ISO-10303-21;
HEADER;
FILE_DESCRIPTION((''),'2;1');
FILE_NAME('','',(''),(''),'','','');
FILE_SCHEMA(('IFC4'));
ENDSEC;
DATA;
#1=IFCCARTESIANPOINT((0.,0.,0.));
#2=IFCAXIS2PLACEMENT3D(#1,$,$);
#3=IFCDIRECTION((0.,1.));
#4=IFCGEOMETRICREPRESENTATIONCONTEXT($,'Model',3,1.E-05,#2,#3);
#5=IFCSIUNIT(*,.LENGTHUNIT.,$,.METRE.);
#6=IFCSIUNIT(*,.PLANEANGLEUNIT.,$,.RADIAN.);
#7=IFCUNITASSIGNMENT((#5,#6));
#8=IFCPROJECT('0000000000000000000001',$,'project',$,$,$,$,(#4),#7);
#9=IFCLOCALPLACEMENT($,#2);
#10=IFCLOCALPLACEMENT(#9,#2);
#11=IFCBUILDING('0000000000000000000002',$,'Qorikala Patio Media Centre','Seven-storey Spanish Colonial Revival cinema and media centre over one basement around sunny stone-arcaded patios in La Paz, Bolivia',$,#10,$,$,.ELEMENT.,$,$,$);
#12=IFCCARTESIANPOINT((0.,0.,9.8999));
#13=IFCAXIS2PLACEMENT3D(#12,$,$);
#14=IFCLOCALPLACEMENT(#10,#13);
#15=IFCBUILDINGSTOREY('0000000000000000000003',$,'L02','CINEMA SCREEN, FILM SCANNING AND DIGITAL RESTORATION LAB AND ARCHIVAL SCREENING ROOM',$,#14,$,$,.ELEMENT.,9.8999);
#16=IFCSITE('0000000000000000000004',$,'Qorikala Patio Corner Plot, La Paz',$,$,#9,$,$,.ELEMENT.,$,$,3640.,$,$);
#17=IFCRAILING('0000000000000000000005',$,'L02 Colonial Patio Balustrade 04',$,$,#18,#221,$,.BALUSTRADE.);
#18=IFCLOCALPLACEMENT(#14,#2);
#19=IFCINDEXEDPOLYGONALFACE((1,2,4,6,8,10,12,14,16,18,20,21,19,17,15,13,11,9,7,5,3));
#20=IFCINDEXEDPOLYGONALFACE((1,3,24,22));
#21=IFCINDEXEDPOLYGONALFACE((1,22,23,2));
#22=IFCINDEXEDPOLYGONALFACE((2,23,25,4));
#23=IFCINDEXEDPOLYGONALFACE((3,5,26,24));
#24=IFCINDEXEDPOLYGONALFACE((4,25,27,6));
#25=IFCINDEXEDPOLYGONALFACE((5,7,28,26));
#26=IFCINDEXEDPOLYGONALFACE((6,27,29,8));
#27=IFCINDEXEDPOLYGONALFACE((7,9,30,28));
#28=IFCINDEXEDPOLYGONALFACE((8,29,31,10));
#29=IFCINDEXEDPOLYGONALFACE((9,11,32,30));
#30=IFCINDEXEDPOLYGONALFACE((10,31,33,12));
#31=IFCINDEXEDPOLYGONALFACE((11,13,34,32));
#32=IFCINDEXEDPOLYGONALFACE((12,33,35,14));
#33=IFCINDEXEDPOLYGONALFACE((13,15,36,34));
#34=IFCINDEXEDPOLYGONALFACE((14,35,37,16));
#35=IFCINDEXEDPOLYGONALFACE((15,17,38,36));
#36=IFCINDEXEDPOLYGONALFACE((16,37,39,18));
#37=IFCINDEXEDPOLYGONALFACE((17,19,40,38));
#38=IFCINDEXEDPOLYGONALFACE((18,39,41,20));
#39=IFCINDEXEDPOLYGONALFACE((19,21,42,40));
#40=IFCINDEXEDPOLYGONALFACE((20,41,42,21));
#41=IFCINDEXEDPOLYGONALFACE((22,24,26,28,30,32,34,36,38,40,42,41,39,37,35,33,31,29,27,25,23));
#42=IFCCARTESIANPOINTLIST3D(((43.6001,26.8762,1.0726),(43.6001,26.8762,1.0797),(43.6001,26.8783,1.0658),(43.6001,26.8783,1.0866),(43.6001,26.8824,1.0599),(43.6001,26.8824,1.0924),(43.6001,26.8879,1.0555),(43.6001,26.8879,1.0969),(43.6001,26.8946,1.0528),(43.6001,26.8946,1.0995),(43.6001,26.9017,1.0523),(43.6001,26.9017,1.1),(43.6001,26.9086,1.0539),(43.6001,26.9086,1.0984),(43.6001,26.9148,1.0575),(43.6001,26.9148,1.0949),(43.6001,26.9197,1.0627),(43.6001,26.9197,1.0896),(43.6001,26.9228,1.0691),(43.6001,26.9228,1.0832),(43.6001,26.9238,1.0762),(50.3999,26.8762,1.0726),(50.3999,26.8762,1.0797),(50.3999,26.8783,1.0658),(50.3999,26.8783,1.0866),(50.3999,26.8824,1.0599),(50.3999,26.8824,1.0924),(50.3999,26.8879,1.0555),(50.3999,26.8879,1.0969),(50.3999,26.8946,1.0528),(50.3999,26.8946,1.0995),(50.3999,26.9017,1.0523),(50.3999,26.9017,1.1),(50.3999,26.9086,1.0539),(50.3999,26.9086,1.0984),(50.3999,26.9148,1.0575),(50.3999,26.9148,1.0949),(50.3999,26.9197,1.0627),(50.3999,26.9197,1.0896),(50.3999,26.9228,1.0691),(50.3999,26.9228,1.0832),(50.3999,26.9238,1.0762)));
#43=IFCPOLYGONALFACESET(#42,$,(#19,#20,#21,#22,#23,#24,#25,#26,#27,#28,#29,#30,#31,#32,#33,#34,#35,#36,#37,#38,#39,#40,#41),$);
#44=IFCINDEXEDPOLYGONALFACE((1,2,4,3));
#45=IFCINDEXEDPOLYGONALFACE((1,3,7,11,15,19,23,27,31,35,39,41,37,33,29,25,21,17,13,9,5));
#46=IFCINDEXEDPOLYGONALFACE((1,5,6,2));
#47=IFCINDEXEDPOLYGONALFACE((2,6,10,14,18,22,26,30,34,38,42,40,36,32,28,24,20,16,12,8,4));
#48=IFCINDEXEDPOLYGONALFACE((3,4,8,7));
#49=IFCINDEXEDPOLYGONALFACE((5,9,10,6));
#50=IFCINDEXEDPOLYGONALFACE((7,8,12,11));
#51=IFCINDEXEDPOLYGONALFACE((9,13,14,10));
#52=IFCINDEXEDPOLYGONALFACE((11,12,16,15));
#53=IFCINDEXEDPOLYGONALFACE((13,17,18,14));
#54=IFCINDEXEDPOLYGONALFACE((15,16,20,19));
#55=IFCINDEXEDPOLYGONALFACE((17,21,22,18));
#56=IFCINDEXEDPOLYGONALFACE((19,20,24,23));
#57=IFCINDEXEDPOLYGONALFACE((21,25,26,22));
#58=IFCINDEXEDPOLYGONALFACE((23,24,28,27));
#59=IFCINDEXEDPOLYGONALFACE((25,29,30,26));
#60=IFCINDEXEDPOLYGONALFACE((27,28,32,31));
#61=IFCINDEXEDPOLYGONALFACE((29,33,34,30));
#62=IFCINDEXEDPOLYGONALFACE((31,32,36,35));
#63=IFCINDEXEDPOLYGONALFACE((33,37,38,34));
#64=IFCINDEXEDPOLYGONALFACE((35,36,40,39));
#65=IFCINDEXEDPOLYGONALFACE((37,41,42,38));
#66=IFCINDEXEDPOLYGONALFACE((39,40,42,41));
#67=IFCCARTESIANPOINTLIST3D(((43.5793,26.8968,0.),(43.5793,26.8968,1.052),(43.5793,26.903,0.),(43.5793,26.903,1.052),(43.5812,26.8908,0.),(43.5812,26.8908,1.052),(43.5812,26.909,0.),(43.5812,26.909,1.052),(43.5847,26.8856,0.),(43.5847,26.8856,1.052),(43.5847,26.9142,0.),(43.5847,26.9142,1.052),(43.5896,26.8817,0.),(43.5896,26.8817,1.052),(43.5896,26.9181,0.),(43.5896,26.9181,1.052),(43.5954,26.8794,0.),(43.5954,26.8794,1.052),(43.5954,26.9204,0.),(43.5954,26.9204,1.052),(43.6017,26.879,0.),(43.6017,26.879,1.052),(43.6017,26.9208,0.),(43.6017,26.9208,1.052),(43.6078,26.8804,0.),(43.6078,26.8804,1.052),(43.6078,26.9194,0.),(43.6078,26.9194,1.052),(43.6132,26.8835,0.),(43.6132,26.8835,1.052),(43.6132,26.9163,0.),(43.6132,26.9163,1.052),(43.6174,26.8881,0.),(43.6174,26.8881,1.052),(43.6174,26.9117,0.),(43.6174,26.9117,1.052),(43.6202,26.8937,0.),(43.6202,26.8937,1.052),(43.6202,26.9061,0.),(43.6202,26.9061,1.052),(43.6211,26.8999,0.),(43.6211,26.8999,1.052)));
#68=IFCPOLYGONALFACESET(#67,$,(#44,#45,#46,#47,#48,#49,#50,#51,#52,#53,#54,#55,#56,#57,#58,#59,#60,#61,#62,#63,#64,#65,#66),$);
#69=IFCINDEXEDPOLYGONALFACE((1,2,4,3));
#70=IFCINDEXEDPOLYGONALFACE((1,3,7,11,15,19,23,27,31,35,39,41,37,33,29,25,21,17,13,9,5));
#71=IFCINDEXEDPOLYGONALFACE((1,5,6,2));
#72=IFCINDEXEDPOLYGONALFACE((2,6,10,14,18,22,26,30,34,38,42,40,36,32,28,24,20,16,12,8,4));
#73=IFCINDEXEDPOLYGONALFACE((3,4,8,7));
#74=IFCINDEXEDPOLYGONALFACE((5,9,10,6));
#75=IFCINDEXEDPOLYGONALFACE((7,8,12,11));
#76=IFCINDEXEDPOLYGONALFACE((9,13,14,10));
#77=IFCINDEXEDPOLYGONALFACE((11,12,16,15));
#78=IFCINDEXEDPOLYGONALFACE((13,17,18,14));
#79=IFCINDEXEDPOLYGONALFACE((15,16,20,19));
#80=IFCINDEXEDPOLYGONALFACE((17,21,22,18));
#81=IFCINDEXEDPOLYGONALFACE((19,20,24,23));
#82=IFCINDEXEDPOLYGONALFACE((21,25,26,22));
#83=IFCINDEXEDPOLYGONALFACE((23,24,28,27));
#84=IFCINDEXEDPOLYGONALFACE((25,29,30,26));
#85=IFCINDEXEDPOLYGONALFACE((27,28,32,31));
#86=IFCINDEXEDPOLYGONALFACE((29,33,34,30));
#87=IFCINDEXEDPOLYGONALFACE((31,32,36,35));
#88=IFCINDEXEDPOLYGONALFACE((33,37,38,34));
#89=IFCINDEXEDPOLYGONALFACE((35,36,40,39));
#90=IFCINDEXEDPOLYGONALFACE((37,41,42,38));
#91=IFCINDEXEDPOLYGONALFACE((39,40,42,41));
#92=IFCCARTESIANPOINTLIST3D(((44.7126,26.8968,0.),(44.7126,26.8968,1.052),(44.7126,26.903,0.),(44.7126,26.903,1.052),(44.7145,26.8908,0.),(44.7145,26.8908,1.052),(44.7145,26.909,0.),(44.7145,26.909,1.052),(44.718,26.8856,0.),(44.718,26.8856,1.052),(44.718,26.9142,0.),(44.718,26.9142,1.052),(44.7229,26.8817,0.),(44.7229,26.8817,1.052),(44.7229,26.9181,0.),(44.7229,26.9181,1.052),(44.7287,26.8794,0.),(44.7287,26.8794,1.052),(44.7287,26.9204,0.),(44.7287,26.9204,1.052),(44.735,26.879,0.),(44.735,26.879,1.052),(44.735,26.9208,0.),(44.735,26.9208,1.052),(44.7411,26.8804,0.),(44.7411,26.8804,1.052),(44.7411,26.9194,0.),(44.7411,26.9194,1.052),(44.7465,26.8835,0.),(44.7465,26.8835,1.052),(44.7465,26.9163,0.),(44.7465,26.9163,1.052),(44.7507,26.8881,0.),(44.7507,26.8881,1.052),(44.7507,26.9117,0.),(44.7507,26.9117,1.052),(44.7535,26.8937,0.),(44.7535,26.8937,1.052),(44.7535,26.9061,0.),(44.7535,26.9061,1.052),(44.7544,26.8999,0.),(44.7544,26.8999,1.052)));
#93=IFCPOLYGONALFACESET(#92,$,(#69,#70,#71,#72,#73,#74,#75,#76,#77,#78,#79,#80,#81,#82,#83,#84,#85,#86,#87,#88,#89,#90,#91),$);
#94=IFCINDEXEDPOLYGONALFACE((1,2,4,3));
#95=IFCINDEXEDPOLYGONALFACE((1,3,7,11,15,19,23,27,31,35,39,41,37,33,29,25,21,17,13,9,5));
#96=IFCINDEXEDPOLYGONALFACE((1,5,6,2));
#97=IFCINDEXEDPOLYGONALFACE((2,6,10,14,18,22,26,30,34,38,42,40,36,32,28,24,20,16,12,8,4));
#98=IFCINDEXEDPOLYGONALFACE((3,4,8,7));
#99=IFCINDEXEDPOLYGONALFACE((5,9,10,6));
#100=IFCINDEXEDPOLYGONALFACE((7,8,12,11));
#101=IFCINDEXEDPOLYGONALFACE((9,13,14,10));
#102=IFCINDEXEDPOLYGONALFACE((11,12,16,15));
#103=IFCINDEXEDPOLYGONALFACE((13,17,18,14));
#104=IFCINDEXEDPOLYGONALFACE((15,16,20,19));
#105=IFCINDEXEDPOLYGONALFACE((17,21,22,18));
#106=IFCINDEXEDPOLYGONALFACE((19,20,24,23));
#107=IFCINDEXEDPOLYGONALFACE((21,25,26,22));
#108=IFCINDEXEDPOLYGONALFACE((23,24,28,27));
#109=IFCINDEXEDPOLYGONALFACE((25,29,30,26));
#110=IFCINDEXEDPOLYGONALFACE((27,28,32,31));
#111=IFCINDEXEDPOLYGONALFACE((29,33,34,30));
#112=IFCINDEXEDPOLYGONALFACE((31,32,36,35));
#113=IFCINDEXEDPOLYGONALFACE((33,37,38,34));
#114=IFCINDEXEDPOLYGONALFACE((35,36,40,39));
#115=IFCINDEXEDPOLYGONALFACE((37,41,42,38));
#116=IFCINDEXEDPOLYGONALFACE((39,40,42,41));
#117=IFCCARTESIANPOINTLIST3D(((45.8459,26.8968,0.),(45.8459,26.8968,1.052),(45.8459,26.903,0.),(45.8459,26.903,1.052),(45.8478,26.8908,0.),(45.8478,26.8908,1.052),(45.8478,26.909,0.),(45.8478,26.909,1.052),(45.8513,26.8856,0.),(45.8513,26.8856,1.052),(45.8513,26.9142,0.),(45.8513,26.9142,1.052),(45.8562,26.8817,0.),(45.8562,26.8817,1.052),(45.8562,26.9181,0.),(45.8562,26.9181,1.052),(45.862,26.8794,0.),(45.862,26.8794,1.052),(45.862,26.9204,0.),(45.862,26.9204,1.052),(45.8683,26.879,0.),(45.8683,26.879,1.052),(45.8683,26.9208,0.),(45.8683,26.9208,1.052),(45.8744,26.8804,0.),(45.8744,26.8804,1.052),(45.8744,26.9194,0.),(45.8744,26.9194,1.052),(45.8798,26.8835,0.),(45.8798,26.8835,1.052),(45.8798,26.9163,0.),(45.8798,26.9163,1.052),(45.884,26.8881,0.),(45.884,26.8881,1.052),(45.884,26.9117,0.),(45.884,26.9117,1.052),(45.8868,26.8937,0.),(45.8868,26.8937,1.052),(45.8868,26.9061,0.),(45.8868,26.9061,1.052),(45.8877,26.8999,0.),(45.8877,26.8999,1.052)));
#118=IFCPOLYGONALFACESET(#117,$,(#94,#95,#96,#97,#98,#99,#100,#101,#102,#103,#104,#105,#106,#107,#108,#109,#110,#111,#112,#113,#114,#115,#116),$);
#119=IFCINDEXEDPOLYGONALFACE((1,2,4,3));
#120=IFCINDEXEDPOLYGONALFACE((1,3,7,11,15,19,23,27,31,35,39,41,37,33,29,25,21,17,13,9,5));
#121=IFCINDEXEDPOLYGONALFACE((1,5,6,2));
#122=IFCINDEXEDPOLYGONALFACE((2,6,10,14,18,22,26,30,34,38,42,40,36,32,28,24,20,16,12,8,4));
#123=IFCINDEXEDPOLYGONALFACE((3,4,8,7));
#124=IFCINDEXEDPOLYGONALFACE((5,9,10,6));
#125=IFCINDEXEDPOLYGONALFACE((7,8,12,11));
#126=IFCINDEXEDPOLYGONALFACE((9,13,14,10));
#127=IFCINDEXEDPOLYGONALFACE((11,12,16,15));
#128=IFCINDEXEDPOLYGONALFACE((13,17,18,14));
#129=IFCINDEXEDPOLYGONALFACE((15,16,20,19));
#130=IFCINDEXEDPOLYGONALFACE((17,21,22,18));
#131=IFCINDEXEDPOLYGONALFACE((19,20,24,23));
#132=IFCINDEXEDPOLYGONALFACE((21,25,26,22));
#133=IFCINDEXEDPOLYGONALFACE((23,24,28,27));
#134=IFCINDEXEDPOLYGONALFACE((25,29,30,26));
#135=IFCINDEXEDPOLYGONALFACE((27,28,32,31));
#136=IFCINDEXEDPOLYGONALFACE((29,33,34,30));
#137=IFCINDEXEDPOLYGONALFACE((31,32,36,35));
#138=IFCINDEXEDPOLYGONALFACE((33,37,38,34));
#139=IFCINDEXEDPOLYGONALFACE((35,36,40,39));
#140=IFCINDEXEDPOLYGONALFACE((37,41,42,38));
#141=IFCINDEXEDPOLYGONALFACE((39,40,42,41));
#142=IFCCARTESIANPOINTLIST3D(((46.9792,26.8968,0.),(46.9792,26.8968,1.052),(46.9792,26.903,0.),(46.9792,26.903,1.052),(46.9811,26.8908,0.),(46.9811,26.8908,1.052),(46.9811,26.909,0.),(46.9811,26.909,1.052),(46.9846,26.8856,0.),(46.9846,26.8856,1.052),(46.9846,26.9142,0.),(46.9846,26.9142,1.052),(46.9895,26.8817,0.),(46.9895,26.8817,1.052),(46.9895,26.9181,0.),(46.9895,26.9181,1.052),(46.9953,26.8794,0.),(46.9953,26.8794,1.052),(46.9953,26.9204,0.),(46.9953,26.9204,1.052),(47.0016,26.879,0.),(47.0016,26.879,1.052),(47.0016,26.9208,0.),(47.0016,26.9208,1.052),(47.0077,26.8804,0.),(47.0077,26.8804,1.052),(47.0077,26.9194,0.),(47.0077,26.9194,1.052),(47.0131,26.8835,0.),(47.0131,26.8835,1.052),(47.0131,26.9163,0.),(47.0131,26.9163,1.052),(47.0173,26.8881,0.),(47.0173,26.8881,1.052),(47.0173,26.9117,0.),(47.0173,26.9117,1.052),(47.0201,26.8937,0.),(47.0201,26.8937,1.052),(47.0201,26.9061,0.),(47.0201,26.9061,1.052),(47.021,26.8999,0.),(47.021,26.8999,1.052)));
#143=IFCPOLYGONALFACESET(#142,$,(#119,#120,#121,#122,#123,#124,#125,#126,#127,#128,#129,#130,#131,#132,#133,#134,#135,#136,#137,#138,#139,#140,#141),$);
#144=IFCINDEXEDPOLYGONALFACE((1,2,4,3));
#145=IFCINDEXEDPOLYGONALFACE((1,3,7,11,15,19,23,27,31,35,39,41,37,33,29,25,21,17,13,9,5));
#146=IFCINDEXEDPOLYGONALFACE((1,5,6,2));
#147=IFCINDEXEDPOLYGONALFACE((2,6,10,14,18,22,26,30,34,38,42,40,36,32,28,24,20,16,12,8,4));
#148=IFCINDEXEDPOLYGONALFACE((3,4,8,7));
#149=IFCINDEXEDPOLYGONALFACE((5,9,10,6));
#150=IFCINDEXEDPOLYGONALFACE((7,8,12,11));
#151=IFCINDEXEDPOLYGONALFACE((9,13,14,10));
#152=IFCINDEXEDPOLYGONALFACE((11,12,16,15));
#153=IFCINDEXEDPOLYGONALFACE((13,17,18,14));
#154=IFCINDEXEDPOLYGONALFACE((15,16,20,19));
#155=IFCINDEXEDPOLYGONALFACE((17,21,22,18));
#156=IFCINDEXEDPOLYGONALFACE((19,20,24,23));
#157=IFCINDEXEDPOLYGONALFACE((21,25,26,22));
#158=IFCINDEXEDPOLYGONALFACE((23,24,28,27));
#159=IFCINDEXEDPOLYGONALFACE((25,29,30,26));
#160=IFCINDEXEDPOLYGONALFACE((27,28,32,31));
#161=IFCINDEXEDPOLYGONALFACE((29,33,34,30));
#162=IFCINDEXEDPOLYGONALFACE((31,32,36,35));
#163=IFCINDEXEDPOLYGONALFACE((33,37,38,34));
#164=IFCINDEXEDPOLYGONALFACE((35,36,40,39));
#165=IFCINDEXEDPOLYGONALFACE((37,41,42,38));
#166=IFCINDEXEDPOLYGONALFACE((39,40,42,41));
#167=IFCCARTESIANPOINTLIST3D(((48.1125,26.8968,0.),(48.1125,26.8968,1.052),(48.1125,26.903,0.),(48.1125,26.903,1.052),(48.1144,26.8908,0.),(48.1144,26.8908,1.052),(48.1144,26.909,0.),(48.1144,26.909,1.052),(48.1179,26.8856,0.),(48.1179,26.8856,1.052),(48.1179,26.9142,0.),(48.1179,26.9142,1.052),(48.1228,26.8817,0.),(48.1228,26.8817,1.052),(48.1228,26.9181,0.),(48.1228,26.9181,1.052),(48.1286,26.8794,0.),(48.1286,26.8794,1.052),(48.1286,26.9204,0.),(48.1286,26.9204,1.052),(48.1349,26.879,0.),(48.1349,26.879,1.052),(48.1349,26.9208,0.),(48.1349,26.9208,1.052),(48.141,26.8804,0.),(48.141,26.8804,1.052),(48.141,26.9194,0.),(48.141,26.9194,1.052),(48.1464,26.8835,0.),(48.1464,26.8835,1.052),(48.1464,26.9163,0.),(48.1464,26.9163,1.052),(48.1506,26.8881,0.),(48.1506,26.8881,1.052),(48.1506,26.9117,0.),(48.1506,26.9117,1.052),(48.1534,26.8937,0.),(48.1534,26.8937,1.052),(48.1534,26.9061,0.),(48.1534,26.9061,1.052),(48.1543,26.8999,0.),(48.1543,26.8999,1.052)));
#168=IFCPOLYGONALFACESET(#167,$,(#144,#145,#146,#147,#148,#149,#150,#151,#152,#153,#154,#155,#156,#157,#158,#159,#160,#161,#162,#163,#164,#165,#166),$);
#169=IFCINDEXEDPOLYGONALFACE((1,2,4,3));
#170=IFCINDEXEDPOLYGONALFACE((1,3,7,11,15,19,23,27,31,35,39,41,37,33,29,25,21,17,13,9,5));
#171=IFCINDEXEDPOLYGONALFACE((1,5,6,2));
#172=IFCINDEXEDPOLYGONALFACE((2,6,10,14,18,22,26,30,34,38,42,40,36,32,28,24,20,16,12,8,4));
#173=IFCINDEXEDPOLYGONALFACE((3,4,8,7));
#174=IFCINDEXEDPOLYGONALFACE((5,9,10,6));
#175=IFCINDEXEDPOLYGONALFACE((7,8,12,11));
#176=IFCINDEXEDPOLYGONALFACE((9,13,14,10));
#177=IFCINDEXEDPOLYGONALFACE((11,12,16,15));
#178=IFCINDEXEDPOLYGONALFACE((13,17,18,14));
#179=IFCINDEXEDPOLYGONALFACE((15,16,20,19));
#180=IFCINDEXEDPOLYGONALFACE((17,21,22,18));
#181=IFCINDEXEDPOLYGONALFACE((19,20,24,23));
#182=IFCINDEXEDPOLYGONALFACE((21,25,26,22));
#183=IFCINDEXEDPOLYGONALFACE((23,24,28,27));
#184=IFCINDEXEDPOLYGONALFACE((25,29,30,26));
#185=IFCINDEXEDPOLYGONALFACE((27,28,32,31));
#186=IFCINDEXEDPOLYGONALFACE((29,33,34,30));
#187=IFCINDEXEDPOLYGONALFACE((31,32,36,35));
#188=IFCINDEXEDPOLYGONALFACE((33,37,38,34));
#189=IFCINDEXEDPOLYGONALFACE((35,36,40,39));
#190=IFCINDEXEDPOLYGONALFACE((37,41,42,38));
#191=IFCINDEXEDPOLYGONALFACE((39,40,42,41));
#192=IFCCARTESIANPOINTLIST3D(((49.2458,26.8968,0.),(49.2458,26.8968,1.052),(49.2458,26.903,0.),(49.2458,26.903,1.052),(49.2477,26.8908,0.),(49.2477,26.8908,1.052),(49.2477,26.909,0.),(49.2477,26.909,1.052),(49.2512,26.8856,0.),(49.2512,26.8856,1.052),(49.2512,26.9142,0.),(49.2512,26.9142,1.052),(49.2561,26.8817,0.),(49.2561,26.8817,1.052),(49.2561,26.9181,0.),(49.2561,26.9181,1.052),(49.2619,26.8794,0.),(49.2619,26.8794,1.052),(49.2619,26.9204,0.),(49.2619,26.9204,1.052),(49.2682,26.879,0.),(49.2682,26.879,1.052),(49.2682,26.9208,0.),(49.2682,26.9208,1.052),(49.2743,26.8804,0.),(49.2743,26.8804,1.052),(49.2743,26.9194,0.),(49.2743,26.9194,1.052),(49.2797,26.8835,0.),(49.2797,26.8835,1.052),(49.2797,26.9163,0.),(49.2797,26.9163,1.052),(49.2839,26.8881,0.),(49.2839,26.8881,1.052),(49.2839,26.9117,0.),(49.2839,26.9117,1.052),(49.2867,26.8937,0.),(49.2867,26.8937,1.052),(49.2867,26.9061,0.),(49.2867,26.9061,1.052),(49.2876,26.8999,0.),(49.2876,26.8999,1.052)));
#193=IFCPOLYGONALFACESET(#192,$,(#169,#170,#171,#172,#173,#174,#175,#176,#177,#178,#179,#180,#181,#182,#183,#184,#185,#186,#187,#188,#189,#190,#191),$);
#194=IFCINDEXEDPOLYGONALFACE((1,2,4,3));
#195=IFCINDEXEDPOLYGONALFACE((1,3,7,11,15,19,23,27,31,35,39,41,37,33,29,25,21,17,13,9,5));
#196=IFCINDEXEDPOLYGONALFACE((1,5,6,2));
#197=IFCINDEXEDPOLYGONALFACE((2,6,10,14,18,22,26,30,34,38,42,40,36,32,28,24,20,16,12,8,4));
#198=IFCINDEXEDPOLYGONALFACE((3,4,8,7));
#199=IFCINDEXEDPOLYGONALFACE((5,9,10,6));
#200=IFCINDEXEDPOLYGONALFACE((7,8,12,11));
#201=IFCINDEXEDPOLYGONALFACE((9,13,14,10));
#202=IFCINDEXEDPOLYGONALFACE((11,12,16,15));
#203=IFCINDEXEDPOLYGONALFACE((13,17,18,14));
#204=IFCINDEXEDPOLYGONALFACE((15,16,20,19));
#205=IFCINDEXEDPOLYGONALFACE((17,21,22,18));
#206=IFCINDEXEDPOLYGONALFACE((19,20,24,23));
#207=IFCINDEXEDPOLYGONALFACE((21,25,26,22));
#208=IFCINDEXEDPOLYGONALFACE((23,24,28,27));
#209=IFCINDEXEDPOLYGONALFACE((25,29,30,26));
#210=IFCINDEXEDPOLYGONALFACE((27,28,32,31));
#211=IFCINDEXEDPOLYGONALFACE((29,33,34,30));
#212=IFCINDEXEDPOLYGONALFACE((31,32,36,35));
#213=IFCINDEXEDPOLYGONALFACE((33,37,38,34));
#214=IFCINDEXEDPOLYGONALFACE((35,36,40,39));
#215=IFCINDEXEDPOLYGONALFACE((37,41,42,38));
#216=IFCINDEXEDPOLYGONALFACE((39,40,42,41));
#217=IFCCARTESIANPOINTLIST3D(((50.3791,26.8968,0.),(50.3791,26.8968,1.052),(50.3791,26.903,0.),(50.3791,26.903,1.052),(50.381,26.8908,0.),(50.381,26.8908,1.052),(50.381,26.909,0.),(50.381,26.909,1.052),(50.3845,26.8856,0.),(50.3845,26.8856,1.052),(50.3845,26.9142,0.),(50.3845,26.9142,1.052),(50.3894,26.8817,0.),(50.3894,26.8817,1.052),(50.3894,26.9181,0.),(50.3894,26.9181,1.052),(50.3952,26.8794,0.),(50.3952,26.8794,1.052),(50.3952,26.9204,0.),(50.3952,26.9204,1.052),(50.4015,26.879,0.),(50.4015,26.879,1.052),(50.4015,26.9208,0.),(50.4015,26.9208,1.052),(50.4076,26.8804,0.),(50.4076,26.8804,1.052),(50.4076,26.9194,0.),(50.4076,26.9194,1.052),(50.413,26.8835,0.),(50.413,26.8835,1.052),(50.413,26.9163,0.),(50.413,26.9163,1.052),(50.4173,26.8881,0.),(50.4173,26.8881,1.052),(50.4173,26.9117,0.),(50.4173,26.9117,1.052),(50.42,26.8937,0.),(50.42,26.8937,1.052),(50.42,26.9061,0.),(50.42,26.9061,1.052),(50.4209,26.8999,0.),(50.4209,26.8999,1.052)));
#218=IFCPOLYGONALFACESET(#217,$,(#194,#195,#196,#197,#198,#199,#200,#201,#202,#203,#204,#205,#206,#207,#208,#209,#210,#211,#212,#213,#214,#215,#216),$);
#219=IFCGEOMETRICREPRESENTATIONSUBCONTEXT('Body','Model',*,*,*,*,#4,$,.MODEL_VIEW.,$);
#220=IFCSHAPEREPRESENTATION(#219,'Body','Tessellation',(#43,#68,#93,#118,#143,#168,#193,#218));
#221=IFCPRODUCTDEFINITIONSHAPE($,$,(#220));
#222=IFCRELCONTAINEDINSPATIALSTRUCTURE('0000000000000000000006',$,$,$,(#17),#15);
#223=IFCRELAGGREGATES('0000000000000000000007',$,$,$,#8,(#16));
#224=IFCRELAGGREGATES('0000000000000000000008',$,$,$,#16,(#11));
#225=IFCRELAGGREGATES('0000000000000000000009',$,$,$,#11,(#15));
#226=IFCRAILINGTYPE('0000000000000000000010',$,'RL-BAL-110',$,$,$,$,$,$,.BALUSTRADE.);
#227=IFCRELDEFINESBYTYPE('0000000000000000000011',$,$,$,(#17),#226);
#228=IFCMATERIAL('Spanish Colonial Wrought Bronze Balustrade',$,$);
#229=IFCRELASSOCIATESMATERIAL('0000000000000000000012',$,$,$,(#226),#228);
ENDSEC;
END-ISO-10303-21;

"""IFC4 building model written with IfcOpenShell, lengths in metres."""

from ifc_helpers import new_model, si_unit, direction, frame, origin, origin_2d, place, context, subcontext, project, spatial, circle, extrude, material, type_object, element, save


model = new_model("IFC4")

# Units and contexts
model_context = context("Model", 3, precision=1e-05, world=origin(), true_north=direction((0.0, 1.0)))
body_context = subcontext(model_context, "Body", "Model", "MODEL_VIEW")
ifc_project = project(units=[si_unit("LENGTHUNIT", "METRE"), si_unit("PLANEANGLEUNIT", "RADIAN")], contexts=[model_context])

# Site, building, storey
site_placement = place(None, origin())
site = spatial("IfcSite", under=ifc_project, at=site_placement, Name="Qorikala Patio Corner Plot, La Paz", CompositionType="ELEMENT", RefElevation=3640.0)
building_placement = place(site_placement, origin())
building = spatial("IfcBuilding", under=site, at=building_placement, Name="Qorikala Patio Media Centre", Description="Seven-storey Spanish Colonial Revival cinema and media centre over one basement around sunny stone-arcaded patios in La Paz, Bolivia", CompositionType="ELEMENT")
storey_placement = place(building_placement, frame((0.0, 0.0, 9.8999)))
storey = spatial("IfcBuildingStorey", under=building, at=storey_placement, Name="L02", Description="CINEMA SCREEN, FILM SCANNING AND DIGITAL RESTORATION LAB AND ARCHIVAL SCREENING ROOM", CompositionType="ELEMENT", Elevation=9.8999)

# Railing
ifc_material_1 = material(Name="Spanish Colonial Wrought Bronze Balustrade")
railing_type_1 = type_object("IfcRailingType", Name="RL-BAL-110", PredefinedType="BALUSTRADE", material=ifc_material_1)
railing_1_placement = place(storey_placement, frame((43.6001, 26.8999, 0.0)))
element("IfcRailing", 1, at=railing_1_placement, inside=storey, type_object=railing_type_1, Name="L02 Colonial Patio Balustrade 04", PredefinedType="BALUSTRADE", context=body_context, shape_type="SweptSolid", body=[
    extrude(circle(Radius=0.0239, at=origin_2d()), frame((0.0, 0.0, 1.0762), z_axis=(1.0, 0.0, 0.0), x_axis=(0.0, 1.0, 0.0)), (0.0, 0.0, 1.0), 6.7998),
    extrude(circle(Radius=0.021, at=origin_2d()), origin(), (0.0, 0.0, 1.0), 1.052),
    extrude(circle(Radius=0.021, at=origin_2d()), frame((1.1333, 0.0, 0.0)), (0.0, 0.0, 1.0), 1.052),
    extrude(circle(Radius=0.021, at=origin_2d()), frame((2.2666, 0.0, 0.0)), (0.0, 0.0, 1.0), 1.052),
    extrude(circle(Radius=0.021, at=origin_2d()), frame((3.3999, 0.0, 0.0)), (0.0, 0.0, 1.0), 1.052),
    extrude(circle(Radius=0.021, at=origin_2d()), frame((4.5332, 0.0, 0.0)), (0.0, 0.0, 1.0), 1.052),
    extrude(circle(Radius=0.021, at=origin_2d()), frame((5.6665, 0.0, 0.0)), (0.0, 0.0, 1.0), 1.052),
    extrude(circle(Radius=0.021, at=origin_2d()), frame((6.7998, 0.0, 0.0)), (0.0, 0.0, 1.0), 1.052),
])

save(model, "model.ifc")
